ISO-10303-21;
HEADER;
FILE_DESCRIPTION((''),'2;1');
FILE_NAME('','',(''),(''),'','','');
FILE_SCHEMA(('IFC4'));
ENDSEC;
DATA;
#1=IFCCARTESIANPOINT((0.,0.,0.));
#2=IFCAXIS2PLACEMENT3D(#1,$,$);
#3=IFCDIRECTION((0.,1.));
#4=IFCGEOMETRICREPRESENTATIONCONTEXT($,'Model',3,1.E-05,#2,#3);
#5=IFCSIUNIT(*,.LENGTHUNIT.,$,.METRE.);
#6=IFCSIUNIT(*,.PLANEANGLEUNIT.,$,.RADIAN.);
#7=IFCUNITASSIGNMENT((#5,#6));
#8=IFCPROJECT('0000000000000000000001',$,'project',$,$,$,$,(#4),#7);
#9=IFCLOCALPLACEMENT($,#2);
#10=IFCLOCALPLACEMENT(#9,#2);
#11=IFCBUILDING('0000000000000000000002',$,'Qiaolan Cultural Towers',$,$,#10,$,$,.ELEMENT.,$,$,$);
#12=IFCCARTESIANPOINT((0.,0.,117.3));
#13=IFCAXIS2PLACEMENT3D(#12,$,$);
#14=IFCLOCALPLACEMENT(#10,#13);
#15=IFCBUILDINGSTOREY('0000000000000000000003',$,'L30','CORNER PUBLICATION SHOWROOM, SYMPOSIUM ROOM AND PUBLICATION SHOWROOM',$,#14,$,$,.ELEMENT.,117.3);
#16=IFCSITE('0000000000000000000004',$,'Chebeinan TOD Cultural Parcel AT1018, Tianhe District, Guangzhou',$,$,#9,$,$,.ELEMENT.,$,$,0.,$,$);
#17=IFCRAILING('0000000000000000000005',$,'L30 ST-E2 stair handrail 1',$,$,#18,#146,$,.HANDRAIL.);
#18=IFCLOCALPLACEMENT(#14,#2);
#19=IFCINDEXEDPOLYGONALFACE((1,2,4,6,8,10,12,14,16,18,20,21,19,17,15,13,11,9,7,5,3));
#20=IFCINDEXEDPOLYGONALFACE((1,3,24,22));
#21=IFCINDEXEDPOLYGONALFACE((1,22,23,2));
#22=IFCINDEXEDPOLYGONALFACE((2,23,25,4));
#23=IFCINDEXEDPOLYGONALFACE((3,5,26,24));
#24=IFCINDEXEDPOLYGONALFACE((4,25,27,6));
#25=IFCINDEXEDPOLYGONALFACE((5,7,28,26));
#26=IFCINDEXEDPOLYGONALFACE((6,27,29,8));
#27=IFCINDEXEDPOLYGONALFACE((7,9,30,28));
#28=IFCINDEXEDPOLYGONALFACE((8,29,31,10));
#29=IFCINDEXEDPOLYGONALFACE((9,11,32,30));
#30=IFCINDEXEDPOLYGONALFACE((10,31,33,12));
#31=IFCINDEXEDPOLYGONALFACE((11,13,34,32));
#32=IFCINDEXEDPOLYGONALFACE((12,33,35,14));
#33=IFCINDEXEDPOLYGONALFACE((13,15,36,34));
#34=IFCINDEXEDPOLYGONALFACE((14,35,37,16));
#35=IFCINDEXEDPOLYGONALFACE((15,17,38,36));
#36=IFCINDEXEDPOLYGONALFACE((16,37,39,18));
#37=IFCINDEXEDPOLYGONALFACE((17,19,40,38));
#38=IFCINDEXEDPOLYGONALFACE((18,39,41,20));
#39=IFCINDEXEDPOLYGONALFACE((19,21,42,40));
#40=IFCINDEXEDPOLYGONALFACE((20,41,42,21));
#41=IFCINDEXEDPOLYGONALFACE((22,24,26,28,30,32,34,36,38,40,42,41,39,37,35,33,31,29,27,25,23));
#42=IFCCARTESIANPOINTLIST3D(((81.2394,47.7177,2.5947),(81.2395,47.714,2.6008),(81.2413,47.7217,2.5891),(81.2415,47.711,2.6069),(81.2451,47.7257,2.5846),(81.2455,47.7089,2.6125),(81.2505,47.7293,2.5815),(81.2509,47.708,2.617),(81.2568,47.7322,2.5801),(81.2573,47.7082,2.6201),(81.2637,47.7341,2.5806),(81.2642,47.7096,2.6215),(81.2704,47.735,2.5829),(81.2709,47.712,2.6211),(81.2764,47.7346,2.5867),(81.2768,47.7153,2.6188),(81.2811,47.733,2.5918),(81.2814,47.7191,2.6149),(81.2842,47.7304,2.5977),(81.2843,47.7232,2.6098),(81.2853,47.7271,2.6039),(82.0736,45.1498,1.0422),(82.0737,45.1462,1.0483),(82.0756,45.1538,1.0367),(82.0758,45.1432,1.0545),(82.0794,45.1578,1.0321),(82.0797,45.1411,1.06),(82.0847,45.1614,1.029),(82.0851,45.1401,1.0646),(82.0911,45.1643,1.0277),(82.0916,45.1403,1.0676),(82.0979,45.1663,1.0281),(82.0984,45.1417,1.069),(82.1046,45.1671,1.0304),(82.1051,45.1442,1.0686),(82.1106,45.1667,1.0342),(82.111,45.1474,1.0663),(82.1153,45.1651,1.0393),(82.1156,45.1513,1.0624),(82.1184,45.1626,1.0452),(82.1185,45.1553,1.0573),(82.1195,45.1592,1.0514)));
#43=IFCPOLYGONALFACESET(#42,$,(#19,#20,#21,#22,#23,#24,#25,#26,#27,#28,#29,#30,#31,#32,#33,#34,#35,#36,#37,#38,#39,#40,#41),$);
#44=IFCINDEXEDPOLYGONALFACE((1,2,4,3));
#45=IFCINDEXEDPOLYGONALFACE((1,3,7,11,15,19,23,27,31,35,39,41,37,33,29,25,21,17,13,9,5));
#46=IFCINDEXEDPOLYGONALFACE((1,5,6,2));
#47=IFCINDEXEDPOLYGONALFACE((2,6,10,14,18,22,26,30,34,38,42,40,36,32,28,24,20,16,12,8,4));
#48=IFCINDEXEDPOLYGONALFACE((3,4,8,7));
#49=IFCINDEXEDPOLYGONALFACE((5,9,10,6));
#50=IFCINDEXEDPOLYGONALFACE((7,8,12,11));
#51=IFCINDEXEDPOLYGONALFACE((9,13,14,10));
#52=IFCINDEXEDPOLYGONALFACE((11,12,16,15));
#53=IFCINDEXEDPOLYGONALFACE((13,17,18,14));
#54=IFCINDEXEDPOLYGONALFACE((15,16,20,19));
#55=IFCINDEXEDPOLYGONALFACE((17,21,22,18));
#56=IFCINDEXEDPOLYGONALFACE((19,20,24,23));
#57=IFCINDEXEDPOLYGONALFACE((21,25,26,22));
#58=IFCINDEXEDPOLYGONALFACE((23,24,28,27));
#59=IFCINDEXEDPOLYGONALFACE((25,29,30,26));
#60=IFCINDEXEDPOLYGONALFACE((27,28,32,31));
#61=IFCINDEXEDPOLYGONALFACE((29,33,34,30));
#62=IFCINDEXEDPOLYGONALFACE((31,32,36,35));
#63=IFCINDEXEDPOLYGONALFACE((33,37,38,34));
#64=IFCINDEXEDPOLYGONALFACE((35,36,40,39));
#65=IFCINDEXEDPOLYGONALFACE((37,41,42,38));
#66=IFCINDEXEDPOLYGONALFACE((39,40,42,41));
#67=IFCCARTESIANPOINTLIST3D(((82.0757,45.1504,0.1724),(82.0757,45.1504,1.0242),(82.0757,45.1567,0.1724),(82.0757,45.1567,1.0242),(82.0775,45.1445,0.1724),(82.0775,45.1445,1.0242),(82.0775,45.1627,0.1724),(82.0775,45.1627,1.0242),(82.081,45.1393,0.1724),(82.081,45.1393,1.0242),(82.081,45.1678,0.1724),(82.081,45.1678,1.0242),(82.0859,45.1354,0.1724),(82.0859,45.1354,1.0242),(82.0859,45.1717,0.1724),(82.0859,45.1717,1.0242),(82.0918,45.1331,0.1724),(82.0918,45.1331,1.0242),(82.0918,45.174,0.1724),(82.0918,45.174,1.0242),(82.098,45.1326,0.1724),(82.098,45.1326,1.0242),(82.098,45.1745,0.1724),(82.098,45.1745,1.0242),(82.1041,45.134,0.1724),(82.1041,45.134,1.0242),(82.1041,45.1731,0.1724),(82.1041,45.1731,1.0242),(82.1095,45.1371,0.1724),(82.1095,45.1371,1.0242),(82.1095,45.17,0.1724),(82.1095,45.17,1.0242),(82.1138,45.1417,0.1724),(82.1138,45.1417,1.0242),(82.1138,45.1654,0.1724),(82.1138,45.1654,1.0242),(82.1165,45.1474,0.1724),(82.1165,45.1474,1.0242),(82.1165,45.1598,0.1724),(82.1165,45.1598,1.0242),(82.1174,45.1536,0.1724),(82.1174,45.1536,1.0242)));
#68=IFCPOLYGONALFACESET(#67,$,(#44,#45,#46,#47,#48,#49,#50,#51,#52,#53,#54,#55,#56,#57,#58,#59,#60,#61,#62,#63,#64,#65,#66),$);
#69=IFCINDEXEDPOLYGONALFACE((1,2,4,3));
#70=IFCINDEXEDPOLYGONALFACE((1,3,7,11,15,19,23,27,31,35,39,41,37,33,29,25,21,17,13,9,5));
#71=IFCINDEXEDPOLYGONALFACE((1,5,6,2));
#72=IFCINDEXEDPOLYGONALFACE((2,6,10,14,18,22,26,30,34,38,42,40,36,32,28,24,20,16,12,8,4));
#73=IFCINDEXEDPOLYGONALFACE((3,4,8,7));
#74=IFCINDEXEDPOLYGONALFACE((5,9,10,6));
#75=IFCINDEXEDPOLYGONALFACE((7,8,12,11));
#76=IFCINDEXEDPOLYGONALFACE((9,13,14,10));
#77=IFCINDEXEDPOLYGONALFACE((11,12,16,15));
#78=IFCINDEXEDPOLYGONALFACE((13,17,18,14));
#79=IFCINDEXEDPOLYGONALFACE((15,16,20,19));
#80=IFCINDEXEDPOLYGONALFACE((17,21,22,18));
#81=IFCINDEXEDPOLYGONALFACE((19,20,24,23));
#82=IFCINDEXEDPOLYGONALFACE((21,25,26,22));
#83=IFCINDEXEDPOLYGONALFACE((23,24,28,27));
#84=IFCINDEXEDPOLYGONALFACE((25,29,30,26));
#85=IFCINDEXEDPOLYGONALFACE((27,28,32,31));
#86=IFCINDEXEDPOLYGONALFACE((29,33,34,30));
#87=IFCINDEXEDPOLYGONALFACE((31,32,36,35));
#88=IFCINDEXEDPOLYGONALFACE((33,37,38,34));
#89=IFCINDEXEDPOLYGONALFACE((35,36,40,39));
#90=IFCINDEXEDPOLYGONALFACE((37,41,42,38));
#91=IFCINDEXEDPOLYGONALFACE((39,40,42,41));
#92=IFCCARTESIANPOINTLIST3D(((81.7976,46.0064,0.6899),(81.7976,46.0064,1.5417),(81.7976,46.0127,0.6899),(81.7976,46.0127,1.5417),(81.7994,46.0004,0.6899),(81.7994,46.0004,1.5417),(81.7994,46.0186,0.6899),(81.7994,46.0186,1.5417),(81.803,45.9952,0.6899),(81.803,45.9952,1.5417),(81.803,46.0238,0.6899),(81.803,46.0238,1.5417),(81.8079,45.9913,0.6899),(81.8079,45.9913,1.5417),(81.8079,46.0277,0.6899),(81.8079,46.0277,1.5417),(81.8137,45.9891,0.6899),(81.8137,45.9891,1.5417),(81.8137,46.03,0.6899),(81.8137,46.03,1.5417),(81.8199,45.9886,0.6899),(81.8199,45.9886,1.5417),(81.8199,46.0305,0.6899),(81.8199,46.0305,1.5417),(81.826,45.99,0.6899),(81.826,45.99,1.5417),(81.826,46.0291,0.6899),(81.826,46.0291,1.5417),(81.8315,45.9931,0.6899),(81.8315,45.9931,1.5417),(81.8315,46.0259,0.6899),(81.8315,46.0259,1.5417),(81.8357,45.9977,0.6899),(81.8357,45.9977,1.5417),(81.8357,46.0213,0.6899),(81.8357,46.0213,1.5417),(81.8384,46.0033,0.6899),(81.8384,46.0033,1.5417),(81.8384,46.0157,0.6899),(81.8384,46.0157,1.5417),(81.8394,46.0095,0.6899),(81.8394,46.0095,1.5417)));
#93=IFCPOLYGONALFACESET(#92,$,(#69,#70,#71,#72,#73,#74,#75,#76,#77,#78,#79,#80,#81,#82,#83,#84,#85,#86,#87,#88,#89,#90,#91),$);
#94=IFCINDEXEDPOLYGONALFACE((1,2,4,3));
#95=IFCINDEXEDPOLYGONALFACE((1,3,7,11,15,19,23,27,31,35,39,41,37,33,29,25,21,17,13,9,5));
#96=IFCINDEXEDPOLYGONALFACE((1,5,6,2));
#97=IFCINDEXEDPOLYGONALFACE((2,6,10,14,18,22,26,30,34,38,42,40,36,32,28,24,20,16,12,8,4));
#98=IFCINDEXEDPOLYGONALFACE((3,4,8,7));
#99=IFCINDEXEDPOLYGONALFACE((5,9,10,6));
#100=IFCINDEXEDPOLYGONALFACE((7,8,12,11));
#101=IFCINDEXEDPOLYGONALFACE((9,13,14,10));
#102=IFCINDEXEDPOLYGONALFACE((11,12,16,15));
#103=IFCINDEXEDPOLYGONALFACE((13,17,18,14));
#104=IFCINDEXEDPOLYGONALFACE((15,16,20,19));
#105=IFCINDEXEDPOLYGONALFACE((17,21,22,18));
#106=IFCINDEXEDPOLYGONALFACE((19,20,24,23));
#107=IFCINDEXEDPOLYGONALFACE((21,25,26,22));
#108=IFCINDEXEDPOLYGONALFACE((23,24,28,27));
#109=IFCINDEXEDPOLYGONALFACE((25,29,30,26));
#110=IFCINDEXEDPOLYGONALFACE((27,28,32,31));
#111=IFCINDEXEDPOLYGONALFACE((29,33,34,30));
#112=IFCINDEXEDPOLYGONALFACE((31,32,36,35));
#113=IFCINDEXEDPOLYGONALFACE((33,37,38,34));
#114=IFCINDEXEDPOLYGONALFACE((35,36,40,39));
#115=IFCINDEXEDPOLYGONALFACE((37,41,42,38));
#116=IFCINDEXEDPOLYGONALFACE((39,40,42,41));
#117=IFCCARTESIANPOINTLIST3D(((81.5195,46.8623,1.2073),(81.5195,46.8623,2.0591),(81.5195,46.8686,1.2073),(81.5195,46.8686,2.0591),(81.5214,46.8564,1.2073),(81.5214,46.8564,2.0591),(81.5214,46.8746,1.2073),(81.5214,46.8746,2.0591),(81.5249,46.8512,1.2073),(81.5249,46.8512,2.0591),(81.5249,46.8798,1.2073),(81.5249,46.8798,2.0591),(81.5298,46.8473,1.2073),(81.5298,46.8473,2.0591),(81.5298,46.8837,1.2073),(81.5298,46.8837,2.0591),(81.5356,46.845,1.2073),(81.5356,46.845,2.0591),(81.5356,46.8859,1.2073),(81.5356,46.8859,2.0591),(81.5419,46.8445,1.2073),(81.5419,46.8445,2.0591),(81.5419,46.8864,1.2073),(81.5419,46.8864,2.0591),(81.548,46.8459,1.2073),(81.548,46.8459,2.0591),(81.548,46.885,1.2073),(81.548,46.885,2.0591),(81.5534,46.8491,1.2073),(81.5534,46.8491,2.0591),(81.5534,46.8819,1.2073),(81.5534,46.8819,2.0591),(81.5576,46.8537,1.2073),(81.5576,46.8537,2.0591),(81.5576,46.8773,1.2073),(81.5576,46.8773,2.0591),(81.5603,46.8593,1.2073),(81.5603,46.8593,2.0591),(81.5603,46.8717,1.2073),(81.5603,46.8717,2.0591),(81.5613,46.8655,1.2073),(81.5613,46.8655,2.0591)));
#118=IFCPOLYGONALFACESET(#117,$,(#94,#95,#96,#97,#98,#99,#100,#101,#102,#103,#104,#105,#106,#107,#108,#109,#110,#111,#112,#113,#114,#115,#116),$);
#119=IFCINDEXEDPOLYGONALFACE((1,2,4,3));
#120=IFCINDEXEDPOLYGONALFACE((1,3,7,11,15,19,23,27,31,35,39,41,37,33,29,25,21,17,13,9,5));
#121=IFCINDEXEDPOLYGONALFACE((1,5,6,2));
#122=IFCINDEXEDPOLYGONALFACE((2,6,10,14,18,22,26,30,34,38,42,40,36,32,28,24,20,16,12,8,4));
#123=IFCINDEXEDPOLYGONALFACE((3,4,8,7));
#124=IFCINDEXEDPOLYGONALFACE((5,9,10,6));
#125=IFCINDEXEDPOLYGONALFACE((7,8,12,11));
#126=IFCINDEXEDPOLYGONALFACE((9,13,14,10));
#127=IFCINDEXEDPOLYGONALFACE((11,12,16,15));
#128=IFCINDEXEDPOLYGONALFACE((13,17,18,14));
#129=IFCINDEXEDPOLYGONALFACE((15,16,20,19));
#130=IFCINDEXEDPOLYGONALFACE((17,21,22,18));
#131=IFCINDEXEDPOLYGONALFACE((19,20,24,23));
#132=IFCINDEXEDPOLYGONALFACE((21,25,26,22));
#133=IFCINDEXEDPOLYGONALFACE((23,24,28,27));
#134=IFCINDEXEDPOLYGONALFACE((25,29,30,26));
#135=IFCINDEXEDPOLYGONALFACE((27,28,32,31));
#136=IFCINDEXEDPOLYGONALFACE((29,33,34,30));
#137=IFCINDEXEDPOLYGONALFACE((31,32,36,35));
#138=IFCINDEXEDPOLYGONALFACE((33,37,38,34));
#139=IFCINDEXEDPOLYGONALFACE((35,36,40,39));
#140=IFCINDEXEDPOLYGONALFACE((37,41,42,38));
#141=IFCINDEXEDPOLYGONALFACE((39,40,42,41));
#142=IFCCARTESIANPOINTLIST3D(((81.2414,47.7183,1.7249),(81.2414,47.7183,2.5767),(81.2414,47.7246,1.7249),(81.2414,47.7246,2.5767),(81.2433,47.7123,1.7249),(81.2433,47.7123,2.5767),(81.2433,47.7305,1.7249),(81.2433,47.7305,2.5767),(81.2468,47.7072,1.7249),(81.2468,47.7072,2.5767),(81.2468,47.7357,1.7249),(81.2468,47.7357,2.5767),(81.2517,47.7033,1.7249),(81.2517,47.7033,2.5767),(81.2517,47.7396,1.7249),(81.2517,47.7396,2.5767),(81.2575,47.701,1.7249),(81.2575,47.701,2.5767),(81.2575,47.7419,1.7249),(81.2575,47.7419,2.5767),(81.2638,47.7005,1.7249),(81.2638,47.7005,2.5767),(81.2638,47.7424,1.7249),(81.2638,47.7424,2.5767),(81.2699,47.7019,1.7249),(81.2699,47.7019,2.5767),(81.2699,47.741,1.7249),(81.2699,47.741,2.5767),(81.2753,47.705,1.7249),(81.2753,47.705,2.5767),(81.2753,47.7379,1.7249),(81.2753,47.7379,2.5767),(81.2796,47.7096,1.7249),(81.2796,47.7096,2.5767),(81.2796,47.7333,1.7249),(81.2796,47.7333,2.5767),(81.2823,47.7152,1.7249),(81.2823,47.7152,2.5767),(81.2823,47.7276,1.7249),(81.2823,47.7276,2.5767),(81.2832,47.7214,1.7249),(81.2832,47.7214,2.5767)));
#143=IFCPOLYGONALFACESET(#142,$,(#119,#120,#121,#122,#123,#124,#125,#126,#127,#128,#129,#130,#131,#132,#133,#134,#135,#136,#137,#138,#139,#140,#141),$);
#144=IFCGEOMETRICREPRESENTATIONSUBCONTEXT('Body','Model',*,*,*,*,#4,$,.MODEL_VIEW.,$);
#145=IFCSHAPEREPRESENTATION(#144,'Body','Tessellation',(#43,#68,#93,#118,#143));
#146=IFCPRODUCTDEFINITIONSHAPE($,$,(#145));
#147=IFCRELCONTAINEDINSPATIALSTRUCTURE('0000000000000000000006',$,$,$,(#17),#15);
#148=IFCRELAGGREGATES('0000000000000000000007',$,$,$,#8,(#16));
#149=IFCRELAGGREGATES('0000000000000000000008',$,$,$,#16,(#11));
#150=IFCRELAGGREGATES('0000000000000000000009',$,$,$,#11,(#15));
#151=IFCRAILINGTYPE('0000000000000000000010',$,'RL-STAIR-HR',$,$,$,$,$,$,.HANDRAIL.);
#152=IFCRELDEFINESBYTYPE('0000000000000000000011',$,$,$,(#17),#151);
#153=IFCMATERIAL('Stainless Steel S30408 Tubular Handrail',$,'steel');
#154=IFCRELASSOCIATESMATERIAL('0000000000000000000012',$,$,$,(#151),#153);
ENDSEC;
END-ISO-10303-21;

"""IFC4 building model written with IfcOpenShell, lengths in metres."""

from ifc_helpers import new_model, si_unit, direction, frame, origin, origin_2d, place, context, subcontext, project, spatial, circle, extrude, material, type_object, element, save


model = new_model("IFC4")

# Units and contexts
model_context = context("Model", 3, precision=1e-05, world=origin(), true_north=direction((0.0, 1.0)))
body_context = subcontext(model_context, "Body", "Model", "MODEL_VIEW")
ifc_project = project(units=[si_unit("LENGTHUNIT", "METRE"), si_unit("PLANEANGLEUNIT", "RADIAN")], contexts=[model_context])

# Site, building, storey
site_placement = place(None, origin())
site = spatial("IfcSite", under=ifc_project, at=site_placement, Name="Chebeinan TOD Cultural Parcel AT1018, Tianhe District, Guangzhou", CompositionType="ELEMENT", RefElevation=0.0)
building_placement = place(site_placement, origin())
building = spatial("IfcBuilding", under=site, at=building_placement, Name="Qiaolan Cultural Towers", CompositionType="ELEMENT")
storey_placement = place(building_placement, frame((0.0, 0.0, 117.3)))
storey = spatial("IfcBuildingStorey", under=building, at=storey_placement, Name="L30", Description="CORNER PUBLICATION SHOWROOM, SYMPOSIUM ROOM AND PUBLICATION SHOWROOM", CompositionType="ELEMENT", Elevation=117.3)

# Railing
ifc_material_1 = material(Name="Stainless Steel S30408 Tubular Handrail", Category="steel")
railing_type_1 = type_object("IfcRailingType", Name="RL-STAIR-HR", PredefinedType="HANDRAIL", material=ifc_material_1)
railing_1_placement = place(storey_placement, frame((82.0964, 45.1536, 0.1724)))
element("IfcRailing", 1, at=railing_1_placement, inside=storey, type_object=railing_type_1, Name="L30 ST-E2 stair handrail 1", PredefinedType="HANDRAIL", context=body_context, shape_type="SweptSolid", body=[
    extrude(circle(Radius=0.0239, at=origin_2d()), frame((0.0, 0.0, 0.876), z_axis=(-0.267853, 0.824488, 0.498471), x_axis=(-0.95107, -0.308976, 0.0)), (0.0, 0.0, 1.0), 3.1145),
    extrude(circle(Radius=0.021, at=origin_2d()), origin(), (0.0, 0.0, 1.0), 0.8518),
    extrude(circle(Radius=0.021, at=origin_2d()), frame((-0.2781, 0.856, 0.5176)), (0.0, 0.0, 1.0), 0.8518),
    extrude(circle(Radius=0.021, at=origin_2d()), frame((-0.5562, 1.7119, 1.0349)), (0.0, 0.0, 1.0), 0.8518),
    extrude(circle(Radius=0.021, at=origin_2d()), frame((-0.8342, 2.5679, 1.5525)), (0.0, 0.0, 1.0), 0.8518),
])

save(model, "model.ifc")
